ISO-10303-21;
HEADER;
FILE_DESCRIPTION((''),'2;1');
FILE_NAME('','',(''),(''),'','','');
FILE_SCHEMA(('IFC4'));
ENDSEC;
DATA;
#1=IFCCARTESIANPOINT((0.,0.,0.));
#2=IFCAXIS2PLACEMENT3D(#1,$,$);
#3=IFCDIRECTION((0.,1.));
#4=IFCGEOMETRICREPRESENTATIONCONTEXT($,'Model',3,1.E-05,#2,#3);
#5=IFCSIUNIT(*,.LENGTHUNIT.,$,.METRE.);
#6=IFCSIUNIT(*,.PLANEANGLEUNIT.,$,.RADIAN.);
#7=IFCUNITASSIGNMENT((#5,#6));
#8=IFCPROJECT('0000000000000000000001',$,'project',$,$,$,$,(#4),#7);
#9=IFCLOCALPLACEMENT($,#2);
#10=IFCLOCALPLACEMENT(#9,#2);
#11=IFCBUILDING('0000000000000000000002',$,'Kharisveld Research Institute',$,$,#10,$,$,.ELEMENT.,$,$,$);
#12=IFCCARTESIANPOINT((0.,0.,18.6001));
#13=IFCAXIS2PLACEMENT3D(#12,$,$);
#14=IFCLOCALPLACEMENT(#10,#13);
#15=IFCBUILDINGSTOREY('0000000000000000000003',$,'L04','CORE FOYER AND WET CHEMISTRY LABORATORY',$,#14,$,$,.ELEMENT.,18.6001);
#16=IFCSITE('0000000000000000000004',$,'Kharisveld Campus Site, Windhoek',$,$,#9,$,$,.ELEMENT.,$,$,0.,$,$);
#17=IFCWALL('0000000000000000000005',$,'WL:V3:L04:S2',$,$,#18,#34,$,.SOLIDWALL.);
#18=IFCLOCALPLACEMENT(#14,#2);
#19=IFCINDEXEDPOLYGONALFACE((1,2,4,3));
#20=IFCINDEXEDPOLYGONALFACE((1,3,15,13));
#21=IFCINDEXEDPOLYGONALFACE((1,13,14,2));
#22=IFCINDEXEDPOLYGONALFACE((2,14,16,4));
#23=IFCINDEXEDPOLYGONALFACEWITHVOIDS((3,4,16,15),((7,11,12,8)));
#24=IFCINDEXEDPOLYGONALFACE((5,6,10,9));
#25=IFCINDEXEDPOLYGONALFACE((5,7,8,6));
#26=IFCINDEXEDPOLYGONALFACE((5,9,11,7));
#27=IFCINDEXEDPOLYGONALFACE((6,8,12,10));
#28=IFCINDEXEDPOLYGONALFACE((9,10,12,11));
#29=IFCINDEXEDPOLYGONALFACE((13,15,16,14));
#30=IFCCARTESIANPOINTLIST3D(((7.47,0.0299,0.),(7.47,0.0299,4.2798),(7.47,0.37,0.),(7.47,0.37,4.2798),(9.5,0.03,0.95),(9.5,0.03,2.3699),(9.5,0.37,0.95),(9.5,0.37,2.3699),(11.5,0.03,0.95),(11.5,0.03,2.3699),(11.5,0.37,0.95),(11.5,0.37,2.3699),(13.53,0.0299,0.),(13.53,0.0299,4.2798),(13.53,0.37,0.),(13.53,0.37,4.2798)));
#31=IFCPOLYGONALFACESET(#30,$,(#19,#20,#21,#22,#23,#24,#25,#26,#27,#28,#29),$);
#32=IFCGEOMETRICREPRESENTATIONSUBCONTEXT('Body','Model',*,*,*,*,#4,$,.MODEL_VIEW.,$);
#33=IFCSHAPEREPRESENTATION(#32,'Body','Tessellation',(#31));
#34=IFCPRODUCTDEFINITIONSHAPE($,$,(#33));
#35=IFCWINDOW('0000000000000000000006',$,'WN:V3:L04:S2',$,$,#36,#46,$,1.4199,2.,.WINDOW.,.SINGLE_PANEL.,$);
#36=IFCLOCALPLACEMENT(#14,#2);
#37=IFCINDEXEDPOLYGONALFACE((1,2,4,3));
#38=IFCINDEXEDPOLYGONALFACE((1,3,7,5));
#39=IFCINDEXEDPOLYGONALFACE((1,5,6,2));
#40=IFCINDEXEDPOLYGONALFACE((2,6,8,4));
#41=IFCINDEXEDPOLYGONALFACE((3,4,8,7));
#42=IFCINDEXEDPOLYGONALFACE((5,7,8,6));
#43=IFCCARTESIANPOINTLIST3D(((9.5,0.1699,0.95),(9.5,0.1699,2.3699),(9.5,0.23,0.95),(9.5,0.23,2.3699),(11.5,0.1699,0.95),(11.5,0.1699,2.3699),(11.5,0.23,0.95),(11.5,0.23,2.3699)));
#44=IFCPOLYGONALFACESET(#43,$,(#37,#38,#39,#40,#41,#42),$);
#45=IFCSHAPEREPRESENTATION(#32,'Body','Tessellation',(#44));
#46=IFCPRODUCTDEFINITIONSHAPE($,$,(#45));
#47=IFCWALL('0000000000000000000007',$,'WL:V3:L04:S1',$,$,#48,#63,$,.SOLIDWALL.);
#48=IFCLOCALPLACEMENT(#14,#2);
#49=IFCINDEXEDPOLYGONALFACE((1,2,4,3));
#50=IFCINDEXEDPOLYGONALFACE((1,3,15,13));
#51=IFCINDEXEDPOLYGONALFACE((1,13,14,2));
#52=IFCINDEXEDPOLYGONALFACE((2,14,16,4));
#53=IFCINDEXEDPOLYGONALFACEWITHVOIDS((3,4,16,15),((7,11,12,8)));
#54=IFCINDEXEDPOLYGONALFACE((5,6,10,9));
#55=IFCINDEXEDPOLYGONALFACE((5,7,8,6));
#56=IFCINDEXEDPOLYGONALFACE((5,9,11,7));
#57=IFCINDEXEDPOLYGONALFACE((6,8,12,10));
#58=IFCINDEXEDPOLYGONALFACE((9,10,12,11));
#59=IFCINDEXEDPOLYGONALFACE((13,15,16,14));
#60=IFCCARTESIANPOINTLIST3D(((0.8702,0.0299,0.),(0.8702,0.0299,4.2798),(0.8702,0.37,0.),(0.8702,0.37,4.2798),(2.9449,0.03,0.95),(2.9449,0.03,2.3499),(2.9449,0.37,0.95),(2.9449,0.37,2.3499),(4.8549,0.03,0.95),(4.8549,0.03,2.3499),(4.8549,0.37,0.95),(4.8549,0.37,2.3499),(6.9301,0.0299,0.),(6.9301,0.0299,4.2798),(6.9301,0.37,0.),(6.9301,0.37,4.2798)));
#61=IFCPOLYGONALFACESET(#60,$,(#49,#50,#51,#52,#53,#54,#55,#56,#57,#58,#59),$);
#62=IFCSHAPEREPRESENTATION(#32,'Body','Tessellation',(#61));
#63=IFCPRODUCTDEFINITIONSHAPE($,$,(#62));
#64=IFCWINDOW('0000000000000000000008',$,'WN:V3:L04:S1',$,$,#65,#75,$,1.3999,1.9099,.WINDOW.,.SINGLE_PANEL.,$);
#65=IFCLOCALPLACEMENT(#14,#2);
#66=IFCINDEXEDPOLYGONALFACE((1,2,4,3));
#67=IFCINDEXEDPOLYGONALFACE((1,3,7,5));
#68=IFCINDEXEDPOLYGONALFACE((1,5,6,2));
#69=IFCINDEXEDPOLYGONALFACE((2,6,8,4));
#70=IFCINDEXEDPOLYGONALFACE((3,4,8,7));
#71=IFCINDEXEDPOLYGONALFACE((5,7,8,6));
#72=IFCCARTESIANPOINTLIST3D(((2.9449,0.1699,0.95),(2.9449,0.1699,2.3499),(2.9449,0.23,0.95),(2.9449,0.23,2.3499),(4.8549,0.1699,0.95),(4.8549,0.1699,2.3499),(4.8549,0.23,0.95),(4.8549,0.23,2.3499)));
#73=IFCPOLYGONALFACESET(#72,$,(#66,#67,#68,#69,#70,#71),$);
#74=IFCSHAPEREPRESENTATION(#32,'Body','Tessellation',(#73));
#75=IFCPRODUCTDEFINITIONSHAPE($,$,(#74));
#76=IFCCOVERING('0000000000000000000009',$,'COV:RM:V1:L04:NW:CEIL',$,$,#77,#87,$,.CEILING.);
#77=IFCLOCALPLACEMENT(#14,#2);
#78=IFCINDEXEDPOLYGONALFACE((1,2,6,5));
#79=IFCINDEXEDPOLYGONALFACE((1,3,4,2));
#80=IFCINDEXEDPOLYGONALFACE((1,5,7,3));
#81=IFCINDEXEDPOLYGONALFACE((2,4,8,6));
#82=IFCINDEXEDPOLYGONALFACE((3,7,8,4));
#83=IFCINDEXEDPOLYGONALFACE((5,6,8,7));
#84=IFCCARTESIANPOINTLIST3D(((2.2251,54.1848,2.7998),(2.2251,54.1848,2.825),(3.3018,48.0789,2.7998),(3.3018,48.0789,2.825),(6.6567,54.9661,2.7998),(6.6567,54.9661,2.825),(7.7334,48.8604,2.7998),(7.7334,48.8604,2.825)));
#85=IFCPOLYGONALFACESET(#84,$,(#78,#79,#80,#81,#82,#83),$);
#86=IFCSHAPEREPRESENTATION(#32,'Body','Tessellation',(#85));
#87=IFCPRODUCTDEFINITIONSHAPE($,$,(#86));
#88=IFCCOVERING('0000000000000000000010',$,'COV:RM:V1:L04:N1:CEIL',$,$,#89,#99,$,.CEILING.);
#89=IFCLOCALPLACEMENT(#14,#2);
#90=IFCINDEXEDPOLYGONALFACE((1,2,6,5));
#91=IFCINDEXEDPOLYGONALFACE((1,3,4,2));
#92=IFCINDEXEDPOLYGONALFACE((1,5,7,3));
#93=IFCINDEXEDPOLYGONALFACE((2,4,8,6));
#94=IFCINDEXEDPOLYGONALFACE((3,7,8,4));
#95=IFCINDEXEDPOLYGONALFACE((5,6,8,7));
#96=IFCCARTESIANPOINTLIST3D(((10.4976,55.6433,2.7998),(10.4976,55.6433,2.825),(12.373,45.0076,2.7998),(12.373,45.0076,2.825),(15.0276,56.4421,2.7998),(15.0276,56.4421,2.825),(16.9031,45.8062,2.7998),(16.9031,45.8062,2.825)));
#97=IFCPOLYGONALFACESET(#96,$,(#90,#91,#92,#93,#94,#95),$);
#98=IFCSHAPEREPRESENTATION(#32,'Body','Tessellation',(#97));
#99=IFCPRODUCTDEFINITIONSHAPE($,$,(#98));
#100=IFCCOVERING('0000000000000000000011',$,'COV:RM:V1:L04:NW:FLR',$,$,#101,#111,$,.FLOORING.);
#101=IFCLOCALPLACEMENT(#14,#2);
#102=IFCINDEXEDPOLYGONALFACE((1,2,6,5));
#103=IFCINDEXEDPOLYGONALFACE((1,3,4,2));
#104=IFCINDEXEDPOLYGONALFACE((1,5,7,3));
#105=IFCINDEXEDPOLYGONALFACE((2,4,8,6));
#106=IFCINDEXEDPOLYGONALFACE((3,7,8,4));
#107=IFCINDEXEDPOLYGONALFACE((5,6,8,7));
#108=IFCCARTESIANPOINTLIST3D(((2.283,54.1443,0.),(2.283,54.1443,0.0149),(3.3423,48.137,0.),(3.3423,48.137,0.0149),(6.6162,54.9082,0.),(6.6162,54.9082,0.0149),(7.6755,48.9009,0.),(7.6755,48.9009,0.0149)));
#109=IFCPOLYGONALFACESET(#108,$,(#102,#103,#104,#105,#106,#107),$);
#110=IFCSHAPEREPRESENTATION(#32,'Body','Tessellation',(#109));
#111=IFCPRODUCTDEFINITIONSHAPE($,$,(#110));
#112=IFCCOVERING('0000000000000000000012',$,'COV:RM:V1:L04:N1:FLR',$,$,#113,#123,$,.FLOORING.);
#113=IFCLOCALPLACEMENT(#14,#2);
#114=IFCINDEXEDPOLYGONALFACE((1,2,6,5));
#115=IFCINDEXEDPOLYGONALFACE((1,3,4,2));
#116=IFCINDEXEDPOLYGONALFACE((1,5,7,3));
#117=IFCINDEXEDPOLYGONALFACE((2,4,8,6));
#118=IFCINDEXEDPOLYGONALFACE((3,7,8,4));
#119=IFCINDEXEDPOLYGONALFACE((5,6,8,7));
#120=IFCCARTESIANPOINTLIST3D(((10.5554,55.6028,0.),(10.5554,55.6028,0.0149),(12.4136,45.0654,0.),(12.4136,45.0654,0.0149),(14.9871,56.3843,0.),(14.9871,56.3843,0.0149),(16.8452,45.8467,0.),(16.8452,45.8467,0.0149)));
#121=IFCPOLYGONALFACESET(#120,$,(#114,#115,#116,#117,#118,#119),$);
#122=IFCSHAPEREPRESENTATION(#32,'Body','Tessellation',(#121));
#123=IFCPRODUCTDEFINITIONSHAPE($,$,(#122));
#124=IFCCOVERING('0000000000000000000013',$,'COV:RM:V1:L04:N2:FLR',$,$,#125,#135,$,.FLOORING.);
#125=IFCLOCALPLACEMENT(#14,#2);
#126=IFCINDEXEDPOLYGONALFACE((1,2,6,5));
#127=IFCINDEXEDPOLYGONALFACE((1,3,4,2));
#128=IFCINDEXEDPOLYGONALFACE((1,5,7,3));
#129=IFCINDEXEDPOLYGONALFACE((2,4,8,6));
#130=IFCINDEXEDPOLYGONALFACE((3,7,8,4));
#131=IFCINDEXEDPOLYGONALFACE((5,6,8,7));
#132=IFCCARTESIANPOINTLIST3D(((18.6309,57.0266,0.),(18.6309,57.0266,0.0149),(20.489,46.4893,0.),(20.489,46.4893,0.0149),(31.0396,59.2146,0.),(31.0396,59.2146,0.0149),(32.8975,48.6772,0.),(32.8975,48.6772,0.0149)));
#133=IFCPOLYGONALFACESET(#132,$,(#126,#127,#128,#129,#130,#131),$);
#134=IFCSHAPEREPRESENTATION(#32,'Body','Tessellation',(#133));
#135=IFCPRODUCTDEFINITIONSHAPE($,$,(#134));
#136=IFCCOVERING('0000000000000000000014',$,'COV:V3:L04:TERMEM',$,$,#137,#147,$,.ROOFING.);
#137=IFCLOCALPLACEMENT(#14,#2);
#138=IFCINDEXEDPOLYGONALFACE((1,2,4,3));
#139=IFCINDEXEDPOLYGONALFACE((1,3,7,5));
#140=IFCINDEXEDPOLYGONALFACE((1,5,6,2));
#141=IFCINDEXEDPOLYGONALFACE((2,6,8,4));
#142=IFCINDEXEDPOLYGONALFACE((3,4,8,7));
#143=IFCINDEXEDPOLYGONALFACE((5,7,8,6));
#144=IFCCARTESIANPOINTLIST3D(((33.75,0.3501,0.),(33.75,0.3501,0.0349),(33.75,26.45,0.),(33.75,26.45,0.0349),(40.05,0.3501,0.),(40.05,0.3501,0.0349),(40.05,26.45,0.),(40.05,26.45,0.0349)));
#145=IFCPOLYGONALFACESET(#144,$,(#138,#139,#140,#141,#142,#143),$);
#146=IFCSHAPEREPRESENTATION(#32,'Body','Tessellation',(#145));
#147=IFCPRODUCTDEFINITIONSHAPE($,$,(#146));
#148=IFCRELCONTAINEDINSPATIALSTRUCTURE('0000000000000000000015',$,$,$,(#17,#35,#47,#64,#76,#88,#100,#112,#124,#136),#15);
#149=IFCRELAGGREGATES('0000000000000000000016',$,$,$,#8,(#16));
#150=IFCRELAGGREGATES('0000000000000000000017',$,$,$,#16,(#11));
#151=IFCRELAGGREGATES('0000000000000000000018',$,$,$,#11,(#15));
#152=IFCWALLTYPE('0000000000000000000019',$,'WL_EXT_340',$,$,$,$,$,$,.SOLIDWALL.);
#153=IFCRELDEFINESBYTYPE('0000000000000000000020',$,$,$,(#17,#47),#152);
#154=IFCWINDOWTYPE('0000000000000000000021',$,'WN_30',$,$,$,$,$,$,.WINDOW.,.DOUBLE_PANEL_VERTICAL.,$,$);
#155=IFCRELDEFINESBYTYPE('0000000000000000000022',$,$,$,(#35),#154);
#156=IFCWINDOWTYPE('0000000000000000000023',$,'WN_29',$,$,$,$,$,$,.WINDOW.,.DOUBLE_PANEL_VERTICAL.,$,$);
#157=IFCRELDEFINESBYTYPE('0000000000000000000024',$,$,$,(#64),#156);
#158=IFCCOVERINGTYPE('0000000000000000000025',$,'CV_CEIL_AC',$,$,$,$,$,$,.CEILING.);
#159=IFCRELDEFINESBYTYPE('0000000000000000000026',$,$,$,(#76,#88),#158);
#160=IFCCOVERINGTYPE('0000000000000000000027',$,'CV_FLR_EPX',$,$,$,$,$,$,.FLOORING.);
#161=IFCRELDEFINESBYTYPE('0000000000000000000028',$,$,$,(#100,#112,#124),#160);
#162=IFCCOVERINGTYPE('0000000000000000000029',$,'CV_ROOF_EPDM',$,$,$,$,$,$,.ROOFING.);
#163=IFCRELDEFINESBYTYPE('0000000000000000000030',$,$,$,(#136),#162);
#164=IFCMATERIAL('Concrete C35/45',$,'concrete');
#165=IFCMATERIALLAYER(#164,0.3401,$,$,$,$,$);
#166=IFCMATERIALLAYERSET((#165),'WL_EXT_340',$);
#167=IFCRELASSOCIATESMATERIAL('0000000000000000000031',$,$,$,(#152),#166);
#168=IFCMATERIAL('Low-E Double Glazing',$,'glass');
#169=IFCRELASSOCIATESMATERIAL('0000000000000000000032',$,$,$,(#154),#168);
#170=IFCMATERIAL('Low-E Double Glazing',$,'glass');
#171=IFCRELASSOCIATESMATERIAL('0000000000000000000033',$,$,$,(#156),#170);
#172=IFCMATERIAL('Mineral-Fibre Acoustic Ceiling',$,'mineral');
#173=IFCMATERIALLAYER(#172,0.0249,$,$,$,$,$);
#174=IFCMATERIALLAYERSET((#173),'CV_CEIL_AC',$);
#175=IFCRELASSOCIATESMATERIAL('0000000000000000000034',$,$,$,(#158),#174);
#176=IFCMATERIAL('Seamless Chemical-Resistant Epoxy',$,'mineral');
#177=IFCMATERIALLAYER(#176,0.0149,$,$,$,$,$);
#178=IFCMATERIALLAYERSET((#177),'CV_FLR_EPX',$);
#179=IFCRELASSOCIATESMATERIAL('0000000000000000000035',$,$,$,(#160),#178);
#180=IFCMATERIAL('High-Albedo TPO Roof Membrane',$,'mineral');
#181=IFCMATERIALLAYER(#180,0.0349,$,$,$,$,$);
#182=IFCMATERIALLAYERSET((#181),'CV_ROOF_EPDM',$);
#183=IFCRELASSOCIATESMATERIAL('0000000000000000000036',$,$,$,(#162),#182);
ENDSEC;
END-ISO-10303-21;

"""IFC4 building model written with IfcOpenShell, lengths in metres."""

from ifc_helpers import new_model, si_unit, direction, frame, frame_2d, origin, place, context, subcontext, project, spatial, polyline, rectangle, outline, extrude, material, layer, layer_set, type_object, element, fill, save


model = new_model("IFC4")

# Units and contexts
model_context = context("Model", 3, precision=1e-05, world=origin(), true_north=direction((0.0, 1.0)))
body_context = subcontext(model_context, "Body", "Model", "MODEL_VIEW")
ifc_project = project(units=[si_unit("LENGTHUNIT", "METRE"), si_unit("PLANEANGLEUNIT", "RADIAN")], contexts=[model_context])

# Site, building, storey
site_placement = place(None, origin())
site = spatial("IfcSite", under=ifc_project, at=site_placement, Name="Kharisveld Campus Site, Windhoek", CompositionType="ELEMENT", RefElevation=0.0)
building_placement = place(site_placement, origin())
building = spatial("IfcBuilding", under=site, at=building_placement, Name="Kharisveld Research Institute", CompositionType="ELEMENT")
storey_placement = place(building_placement, frame((0.0, 0.0, 18.6001)))
storey = spatial("IfcBuildingStorey", under=building, at=storey_placement, Name="L04", Description="CORE FOYER AND WET CHEMISTRY LABORATORY", CompositionType="ELEMENT", Elevation=18.6001)

# Walls, openings, windows
ifc_material_1 = material(Name="Concrete C35/45", Category="concrete")
ifc_layer_1 = layer(ifc_material_1, 0.3401)
ifc_layer_set_1 = layer_set([ifc_layer_1], Name="WL_EXT_340")
wall_type = type_object("IfcWallType", Name="WL_EXT_340", PredefinedType="SOLIDWALL", material=ifc_layer_set_1)
wall_1_placement = place(storey_placement, frame((13.53, 0.2, 0.0), z_axis=(0.0, 0.0, 1.0), x_axis=(-1.0, 0.0, 0.0)))
wall_1 = element("IfcWall", 1, at=wall_1_placement, inside=storey, type_object=wall_type, Name="WL:V3:L04:S2", PredefinedType="SOLIDWALL", context=body_context, shape_type="SweptSolid", body=[
    extrude(rectangle(XDim=6.0601, YDim=0.3401, at=frame_2d((3.03, 0.0))), origin(), (0.0, 0.0, 1.0), 4.2798),
])
opening_1_placement = place(wall_1_placement, frame((2.03, 0.0, 0.95)))
opening_1 = element("IfcOpeningElement", 2, at=opening_1_placement, cuts=wall_1, PredefinedType="OPENING", context=body_context, shape_type="SweptSolid", body=[
    extrude(rectangle(XDim=2.0, YDim=1.4199, at=frame_2d((1.0, 0.71))), frame((0.0, 0.1699, 0.0), z_axis=(0.0, -1.0, 0.0), x_axis=(1.0, 0.0, 0.0)), (0.0, 0.0, 1.0), 0.3401),
])
ifc_material_2 = material(Name="Low-E Double Glazing", Category="glass")
window_type_1 = type_object("IfcWindowType", Name="WN_30", PartitioningType="DOUBLE_PANEL_VERTICAL", PredefinedType="WINDOW", material=ifc_material_2)
window_1_placement = place(opening_1_placement, origin())
window_1 = element("IfcWindow", 3, at=window_1_placement, inside=storey, type_object=window_type_1, Name="WN:V3:L04:S2", OverallHeight=1.4199, OverallWidth=2.0, PartitioningType="SINGLE_PANEL", PredefinedType="WINDOW", context=body_context, shape_type="SweptSolid", body=[
    extrude(rectangle(XDim=2.0, YDim=1.4199, at=frame_2d((1.0, 0.71))), frame((0.0, 0.03, 0.0), z_axis=(0.0, -1.0, 0.0), x_axis=(1.0, 0.0, 0.0)), (0.0, 0.0, 1.0), 0.0601),
])
fill(opening_1, window_1)
wall_2_placement = place(storey_placement, frame((6.9299, 0.2, 0.0), z_axis=(0.0, 0.0, 1.0), x_axis=(-1.0, 0.0, 0.0)))
wall_2 = element("IfcWall", 4, at=wall_2_placement, inside=storey, type_object=wall_type, Name="WL:V3:L04:S1", PredefinedType="SOLIDWALL", context=body_context, shape_type="SweptSolid", body=[
    extrude(rectangle(XDim=6.0598, YDim=0.3401, at=frame_2d((3.0298, 0.0))), origin(), (0.0, 0.0, 1.0), 4.2798),
])
opening_2_placement = place(wall_2_placement, frame((2.075, 0.0, 0.95)))
opening_2 = element("IfcOpeningElement", 5, at=opening_2_placement, cuts=wall_2, PredefinedType="OPENING", context=body_context, shape_type="SweptSolid", body=[
    extrude(rectangle(XDim=1.9099, YDim=1.3999, at=frame_2d((0.9551, 0.7))), frame((0.0, 0.1699, 0.0), z_axis=(0.0, -1.0, 0.0), x_axis=(1.0, 0.0, 0.0)), (0.0, 0.0, 1.0), 0.3401),
])
ifc_material_3 = material(Name="Low-E Double Glazing", Category="glass")
window_type_2 = type_object("IfcWindowType", Name="WN_29", PartitioningType="DOUBLE_PANEL_VERTICAL", PredefinedType="WINDOW", material=ifc_material_3)
window_2_placement = place(opening_2_placement, origin())
window_2 = element("IfcWindow", 6, at=window_2_placement, inside=storey, type_object=window_type_2, Name="WN:V3:L04:S1", OverallHeight=1.3999, OverallWidth=1.9099, PartitioningType="SINGLE_PANEL", PredefinedType="WINDOW", context=body_context, shape_type="SweptSolid", body=[
    extrude(rectangle(XDim=1.9099, YDim=1.3999, at=frame_2d((0.9551, 0.7))), frame((0.0, 0.03, 0.0), z_axis=(0.0, -1.0, 0.0), x_axis=(1.0, 0.0, 0.0)), (0.0, 0.0, 1.0), 0.0601),
])
fill(opening_2, window_2)

# Coverings
ifc_material_4 = material(Name="Mineral-Fibre Acoustic Ceiling", Category="mineral")
ifc_layer_2 = layer(ifc_material_4, 0.0249)
ifc_layer_set_2 = layer_set([ifc_layer_2], Name="CV_CEIL_AC")
covering_type_1 = type_object("IfcCoveringType", Name="CV_CEIL_AC", PredefinedType="CEILING", material=ifc_layer_set_2)
covering_1_placement = place(storey_placement, frame((0.0, 0.0, 2.7998)))
element("IfcCovering", 7, at=covering_1_placement, inside=storey, type_object=covering_type_1, Name="COV:RM:V1:L04:NW:CEIL", PredefinedType="CEILING", context=body_context, shape_type="SweptSolid", body=[
    extrude(outline(polyline([(3.3018, 48.0789), (7.7334, 48.8604), (6.6567, 54.9661), (2.2251, 54.1848), (3.3018, 48.0789)])), origin(), (0.0, 0.0, 1.0), 0.0251),
])
covering_2_placement = place(storey_placement, frame((0.0, 0.0, 2.7998)))
element("IfcCovering", 8, at=covering_2_placement, inside=storey, type_object=covering_type_1, Name="COV:RM:V1:L04:N1:CEIL", PredefinedType="CEILING", context=body_context, shape_type="SweptSolid", body=[
    extrude(outline(polyline([(12.373, 45.0076), (16.9031, 45.8062), (15.0276, 56.4421), (10.4976, 55.6433), (12.373, 45.0076)])), origin(), (0.0, 0.0, 1.0), 0.0251),
])
ifc_material_5 = material(Name="Seamless Chemical-Resistant Epoxy", Category="mineral")
ifc_layer_3 = layer(ifc_material_5, 0.0149)
ifc_layer_set_3 = layer_set([ifc_layer_3], Name="CV_FLR_EPX")
covering_type_2 = type_object("IfcCoveringType", Name="CV_FLR_EPX", PredefinedType="FLOORING", material=ifc_layer_set_3)
covering_3_placement = place(storey_placement, origin())
element("IfcCovering", 9, at=covering_3_placement, inside=storey, type_object=covering_type_2, Name="COV:RM:V1:L04:NW:FLR", PredefinedType="FLOORING", context=body_context, shape_type="SweptSolid", body=[
    extrude(outline(polyline([(3.3423, 48.137), (7.6755, 48.9009), (6.6162, 54.9082), (2.283, 54.1443), (3.3423, 48.137)])), origin(), (0.0, 0.0, 1.0), 0.0149),
])
covering_4_placement = place(storey_placement, origin())
element("IfcCovering", 10, at=covering_4_placement, inside=storey, type_object=covering_type_2, Name="COV:RM:V1:L04:N1:FLR", PredefinedType="FLOORING", context=body_context, shape_type="SweptSolid", body=[
    extrude(outline(polyline([(12.4136, 45.0654), (16.8452, 45.8467), (14.9871, 56.3843), (10.5554, 55.6028), (12.4136, 45.0654)])), origin(), (0.0, 0.0, 1.0), 0.0149),
])
covering_5_placement = place(storey_placement, origin())
element("IfcCovering", 11, at=covering_5_placement, inside=storey, type_object=covering_type_2, Name="COV:RM:V1:L04:N2:FLR", PredefinedType="FLOORING", context=body_context, shape_type="SweptSolid", body=[
    extrude(outline(polyline([(20.489, 46.4893), (32.8975, 48.6772), (31.0396, 59.2146), (18.6309, 57.0266), (20.489, 46.4893)])), origin(), (0.0, 0.0, 1.0), 0.0149),
])
ifc_material_6 = material(Name="High-Albedo TPO Roof Membrane", Category="mineral")
ifc_layer_4 = layer(ifc_material_6, 0.0349)
ifc_layer_set_4 = layer_set([ifc_layer_4], Name="CV_ROOF_EPDM")
covering_type_3 = type_object("IfcCoveringType", Name="CV_ROOF_EPDM", PredefinedType="ROOFING", material=ifc_layer_set_4)
covering_6_placement = place(storey_placement, origin())
element("IfcCovering", 12, at=covering_6_placement, inside=storey, type_object=covering_type_3, Name="COV:V3:L04:TERMEM", PredefinedType="ROOFING", context=body_context, shape_type="SweptSolid", body=[
    extrude(outline(polyline([(33.75, 0.3501), (40.05, 0.3501), (40.05, 26.45), (33.75, 26.45), (33.75, 0.3501)])), origin(), (0.0, 0.0, 1.0), 0.0349),
])

save(model, "model.ifc")
